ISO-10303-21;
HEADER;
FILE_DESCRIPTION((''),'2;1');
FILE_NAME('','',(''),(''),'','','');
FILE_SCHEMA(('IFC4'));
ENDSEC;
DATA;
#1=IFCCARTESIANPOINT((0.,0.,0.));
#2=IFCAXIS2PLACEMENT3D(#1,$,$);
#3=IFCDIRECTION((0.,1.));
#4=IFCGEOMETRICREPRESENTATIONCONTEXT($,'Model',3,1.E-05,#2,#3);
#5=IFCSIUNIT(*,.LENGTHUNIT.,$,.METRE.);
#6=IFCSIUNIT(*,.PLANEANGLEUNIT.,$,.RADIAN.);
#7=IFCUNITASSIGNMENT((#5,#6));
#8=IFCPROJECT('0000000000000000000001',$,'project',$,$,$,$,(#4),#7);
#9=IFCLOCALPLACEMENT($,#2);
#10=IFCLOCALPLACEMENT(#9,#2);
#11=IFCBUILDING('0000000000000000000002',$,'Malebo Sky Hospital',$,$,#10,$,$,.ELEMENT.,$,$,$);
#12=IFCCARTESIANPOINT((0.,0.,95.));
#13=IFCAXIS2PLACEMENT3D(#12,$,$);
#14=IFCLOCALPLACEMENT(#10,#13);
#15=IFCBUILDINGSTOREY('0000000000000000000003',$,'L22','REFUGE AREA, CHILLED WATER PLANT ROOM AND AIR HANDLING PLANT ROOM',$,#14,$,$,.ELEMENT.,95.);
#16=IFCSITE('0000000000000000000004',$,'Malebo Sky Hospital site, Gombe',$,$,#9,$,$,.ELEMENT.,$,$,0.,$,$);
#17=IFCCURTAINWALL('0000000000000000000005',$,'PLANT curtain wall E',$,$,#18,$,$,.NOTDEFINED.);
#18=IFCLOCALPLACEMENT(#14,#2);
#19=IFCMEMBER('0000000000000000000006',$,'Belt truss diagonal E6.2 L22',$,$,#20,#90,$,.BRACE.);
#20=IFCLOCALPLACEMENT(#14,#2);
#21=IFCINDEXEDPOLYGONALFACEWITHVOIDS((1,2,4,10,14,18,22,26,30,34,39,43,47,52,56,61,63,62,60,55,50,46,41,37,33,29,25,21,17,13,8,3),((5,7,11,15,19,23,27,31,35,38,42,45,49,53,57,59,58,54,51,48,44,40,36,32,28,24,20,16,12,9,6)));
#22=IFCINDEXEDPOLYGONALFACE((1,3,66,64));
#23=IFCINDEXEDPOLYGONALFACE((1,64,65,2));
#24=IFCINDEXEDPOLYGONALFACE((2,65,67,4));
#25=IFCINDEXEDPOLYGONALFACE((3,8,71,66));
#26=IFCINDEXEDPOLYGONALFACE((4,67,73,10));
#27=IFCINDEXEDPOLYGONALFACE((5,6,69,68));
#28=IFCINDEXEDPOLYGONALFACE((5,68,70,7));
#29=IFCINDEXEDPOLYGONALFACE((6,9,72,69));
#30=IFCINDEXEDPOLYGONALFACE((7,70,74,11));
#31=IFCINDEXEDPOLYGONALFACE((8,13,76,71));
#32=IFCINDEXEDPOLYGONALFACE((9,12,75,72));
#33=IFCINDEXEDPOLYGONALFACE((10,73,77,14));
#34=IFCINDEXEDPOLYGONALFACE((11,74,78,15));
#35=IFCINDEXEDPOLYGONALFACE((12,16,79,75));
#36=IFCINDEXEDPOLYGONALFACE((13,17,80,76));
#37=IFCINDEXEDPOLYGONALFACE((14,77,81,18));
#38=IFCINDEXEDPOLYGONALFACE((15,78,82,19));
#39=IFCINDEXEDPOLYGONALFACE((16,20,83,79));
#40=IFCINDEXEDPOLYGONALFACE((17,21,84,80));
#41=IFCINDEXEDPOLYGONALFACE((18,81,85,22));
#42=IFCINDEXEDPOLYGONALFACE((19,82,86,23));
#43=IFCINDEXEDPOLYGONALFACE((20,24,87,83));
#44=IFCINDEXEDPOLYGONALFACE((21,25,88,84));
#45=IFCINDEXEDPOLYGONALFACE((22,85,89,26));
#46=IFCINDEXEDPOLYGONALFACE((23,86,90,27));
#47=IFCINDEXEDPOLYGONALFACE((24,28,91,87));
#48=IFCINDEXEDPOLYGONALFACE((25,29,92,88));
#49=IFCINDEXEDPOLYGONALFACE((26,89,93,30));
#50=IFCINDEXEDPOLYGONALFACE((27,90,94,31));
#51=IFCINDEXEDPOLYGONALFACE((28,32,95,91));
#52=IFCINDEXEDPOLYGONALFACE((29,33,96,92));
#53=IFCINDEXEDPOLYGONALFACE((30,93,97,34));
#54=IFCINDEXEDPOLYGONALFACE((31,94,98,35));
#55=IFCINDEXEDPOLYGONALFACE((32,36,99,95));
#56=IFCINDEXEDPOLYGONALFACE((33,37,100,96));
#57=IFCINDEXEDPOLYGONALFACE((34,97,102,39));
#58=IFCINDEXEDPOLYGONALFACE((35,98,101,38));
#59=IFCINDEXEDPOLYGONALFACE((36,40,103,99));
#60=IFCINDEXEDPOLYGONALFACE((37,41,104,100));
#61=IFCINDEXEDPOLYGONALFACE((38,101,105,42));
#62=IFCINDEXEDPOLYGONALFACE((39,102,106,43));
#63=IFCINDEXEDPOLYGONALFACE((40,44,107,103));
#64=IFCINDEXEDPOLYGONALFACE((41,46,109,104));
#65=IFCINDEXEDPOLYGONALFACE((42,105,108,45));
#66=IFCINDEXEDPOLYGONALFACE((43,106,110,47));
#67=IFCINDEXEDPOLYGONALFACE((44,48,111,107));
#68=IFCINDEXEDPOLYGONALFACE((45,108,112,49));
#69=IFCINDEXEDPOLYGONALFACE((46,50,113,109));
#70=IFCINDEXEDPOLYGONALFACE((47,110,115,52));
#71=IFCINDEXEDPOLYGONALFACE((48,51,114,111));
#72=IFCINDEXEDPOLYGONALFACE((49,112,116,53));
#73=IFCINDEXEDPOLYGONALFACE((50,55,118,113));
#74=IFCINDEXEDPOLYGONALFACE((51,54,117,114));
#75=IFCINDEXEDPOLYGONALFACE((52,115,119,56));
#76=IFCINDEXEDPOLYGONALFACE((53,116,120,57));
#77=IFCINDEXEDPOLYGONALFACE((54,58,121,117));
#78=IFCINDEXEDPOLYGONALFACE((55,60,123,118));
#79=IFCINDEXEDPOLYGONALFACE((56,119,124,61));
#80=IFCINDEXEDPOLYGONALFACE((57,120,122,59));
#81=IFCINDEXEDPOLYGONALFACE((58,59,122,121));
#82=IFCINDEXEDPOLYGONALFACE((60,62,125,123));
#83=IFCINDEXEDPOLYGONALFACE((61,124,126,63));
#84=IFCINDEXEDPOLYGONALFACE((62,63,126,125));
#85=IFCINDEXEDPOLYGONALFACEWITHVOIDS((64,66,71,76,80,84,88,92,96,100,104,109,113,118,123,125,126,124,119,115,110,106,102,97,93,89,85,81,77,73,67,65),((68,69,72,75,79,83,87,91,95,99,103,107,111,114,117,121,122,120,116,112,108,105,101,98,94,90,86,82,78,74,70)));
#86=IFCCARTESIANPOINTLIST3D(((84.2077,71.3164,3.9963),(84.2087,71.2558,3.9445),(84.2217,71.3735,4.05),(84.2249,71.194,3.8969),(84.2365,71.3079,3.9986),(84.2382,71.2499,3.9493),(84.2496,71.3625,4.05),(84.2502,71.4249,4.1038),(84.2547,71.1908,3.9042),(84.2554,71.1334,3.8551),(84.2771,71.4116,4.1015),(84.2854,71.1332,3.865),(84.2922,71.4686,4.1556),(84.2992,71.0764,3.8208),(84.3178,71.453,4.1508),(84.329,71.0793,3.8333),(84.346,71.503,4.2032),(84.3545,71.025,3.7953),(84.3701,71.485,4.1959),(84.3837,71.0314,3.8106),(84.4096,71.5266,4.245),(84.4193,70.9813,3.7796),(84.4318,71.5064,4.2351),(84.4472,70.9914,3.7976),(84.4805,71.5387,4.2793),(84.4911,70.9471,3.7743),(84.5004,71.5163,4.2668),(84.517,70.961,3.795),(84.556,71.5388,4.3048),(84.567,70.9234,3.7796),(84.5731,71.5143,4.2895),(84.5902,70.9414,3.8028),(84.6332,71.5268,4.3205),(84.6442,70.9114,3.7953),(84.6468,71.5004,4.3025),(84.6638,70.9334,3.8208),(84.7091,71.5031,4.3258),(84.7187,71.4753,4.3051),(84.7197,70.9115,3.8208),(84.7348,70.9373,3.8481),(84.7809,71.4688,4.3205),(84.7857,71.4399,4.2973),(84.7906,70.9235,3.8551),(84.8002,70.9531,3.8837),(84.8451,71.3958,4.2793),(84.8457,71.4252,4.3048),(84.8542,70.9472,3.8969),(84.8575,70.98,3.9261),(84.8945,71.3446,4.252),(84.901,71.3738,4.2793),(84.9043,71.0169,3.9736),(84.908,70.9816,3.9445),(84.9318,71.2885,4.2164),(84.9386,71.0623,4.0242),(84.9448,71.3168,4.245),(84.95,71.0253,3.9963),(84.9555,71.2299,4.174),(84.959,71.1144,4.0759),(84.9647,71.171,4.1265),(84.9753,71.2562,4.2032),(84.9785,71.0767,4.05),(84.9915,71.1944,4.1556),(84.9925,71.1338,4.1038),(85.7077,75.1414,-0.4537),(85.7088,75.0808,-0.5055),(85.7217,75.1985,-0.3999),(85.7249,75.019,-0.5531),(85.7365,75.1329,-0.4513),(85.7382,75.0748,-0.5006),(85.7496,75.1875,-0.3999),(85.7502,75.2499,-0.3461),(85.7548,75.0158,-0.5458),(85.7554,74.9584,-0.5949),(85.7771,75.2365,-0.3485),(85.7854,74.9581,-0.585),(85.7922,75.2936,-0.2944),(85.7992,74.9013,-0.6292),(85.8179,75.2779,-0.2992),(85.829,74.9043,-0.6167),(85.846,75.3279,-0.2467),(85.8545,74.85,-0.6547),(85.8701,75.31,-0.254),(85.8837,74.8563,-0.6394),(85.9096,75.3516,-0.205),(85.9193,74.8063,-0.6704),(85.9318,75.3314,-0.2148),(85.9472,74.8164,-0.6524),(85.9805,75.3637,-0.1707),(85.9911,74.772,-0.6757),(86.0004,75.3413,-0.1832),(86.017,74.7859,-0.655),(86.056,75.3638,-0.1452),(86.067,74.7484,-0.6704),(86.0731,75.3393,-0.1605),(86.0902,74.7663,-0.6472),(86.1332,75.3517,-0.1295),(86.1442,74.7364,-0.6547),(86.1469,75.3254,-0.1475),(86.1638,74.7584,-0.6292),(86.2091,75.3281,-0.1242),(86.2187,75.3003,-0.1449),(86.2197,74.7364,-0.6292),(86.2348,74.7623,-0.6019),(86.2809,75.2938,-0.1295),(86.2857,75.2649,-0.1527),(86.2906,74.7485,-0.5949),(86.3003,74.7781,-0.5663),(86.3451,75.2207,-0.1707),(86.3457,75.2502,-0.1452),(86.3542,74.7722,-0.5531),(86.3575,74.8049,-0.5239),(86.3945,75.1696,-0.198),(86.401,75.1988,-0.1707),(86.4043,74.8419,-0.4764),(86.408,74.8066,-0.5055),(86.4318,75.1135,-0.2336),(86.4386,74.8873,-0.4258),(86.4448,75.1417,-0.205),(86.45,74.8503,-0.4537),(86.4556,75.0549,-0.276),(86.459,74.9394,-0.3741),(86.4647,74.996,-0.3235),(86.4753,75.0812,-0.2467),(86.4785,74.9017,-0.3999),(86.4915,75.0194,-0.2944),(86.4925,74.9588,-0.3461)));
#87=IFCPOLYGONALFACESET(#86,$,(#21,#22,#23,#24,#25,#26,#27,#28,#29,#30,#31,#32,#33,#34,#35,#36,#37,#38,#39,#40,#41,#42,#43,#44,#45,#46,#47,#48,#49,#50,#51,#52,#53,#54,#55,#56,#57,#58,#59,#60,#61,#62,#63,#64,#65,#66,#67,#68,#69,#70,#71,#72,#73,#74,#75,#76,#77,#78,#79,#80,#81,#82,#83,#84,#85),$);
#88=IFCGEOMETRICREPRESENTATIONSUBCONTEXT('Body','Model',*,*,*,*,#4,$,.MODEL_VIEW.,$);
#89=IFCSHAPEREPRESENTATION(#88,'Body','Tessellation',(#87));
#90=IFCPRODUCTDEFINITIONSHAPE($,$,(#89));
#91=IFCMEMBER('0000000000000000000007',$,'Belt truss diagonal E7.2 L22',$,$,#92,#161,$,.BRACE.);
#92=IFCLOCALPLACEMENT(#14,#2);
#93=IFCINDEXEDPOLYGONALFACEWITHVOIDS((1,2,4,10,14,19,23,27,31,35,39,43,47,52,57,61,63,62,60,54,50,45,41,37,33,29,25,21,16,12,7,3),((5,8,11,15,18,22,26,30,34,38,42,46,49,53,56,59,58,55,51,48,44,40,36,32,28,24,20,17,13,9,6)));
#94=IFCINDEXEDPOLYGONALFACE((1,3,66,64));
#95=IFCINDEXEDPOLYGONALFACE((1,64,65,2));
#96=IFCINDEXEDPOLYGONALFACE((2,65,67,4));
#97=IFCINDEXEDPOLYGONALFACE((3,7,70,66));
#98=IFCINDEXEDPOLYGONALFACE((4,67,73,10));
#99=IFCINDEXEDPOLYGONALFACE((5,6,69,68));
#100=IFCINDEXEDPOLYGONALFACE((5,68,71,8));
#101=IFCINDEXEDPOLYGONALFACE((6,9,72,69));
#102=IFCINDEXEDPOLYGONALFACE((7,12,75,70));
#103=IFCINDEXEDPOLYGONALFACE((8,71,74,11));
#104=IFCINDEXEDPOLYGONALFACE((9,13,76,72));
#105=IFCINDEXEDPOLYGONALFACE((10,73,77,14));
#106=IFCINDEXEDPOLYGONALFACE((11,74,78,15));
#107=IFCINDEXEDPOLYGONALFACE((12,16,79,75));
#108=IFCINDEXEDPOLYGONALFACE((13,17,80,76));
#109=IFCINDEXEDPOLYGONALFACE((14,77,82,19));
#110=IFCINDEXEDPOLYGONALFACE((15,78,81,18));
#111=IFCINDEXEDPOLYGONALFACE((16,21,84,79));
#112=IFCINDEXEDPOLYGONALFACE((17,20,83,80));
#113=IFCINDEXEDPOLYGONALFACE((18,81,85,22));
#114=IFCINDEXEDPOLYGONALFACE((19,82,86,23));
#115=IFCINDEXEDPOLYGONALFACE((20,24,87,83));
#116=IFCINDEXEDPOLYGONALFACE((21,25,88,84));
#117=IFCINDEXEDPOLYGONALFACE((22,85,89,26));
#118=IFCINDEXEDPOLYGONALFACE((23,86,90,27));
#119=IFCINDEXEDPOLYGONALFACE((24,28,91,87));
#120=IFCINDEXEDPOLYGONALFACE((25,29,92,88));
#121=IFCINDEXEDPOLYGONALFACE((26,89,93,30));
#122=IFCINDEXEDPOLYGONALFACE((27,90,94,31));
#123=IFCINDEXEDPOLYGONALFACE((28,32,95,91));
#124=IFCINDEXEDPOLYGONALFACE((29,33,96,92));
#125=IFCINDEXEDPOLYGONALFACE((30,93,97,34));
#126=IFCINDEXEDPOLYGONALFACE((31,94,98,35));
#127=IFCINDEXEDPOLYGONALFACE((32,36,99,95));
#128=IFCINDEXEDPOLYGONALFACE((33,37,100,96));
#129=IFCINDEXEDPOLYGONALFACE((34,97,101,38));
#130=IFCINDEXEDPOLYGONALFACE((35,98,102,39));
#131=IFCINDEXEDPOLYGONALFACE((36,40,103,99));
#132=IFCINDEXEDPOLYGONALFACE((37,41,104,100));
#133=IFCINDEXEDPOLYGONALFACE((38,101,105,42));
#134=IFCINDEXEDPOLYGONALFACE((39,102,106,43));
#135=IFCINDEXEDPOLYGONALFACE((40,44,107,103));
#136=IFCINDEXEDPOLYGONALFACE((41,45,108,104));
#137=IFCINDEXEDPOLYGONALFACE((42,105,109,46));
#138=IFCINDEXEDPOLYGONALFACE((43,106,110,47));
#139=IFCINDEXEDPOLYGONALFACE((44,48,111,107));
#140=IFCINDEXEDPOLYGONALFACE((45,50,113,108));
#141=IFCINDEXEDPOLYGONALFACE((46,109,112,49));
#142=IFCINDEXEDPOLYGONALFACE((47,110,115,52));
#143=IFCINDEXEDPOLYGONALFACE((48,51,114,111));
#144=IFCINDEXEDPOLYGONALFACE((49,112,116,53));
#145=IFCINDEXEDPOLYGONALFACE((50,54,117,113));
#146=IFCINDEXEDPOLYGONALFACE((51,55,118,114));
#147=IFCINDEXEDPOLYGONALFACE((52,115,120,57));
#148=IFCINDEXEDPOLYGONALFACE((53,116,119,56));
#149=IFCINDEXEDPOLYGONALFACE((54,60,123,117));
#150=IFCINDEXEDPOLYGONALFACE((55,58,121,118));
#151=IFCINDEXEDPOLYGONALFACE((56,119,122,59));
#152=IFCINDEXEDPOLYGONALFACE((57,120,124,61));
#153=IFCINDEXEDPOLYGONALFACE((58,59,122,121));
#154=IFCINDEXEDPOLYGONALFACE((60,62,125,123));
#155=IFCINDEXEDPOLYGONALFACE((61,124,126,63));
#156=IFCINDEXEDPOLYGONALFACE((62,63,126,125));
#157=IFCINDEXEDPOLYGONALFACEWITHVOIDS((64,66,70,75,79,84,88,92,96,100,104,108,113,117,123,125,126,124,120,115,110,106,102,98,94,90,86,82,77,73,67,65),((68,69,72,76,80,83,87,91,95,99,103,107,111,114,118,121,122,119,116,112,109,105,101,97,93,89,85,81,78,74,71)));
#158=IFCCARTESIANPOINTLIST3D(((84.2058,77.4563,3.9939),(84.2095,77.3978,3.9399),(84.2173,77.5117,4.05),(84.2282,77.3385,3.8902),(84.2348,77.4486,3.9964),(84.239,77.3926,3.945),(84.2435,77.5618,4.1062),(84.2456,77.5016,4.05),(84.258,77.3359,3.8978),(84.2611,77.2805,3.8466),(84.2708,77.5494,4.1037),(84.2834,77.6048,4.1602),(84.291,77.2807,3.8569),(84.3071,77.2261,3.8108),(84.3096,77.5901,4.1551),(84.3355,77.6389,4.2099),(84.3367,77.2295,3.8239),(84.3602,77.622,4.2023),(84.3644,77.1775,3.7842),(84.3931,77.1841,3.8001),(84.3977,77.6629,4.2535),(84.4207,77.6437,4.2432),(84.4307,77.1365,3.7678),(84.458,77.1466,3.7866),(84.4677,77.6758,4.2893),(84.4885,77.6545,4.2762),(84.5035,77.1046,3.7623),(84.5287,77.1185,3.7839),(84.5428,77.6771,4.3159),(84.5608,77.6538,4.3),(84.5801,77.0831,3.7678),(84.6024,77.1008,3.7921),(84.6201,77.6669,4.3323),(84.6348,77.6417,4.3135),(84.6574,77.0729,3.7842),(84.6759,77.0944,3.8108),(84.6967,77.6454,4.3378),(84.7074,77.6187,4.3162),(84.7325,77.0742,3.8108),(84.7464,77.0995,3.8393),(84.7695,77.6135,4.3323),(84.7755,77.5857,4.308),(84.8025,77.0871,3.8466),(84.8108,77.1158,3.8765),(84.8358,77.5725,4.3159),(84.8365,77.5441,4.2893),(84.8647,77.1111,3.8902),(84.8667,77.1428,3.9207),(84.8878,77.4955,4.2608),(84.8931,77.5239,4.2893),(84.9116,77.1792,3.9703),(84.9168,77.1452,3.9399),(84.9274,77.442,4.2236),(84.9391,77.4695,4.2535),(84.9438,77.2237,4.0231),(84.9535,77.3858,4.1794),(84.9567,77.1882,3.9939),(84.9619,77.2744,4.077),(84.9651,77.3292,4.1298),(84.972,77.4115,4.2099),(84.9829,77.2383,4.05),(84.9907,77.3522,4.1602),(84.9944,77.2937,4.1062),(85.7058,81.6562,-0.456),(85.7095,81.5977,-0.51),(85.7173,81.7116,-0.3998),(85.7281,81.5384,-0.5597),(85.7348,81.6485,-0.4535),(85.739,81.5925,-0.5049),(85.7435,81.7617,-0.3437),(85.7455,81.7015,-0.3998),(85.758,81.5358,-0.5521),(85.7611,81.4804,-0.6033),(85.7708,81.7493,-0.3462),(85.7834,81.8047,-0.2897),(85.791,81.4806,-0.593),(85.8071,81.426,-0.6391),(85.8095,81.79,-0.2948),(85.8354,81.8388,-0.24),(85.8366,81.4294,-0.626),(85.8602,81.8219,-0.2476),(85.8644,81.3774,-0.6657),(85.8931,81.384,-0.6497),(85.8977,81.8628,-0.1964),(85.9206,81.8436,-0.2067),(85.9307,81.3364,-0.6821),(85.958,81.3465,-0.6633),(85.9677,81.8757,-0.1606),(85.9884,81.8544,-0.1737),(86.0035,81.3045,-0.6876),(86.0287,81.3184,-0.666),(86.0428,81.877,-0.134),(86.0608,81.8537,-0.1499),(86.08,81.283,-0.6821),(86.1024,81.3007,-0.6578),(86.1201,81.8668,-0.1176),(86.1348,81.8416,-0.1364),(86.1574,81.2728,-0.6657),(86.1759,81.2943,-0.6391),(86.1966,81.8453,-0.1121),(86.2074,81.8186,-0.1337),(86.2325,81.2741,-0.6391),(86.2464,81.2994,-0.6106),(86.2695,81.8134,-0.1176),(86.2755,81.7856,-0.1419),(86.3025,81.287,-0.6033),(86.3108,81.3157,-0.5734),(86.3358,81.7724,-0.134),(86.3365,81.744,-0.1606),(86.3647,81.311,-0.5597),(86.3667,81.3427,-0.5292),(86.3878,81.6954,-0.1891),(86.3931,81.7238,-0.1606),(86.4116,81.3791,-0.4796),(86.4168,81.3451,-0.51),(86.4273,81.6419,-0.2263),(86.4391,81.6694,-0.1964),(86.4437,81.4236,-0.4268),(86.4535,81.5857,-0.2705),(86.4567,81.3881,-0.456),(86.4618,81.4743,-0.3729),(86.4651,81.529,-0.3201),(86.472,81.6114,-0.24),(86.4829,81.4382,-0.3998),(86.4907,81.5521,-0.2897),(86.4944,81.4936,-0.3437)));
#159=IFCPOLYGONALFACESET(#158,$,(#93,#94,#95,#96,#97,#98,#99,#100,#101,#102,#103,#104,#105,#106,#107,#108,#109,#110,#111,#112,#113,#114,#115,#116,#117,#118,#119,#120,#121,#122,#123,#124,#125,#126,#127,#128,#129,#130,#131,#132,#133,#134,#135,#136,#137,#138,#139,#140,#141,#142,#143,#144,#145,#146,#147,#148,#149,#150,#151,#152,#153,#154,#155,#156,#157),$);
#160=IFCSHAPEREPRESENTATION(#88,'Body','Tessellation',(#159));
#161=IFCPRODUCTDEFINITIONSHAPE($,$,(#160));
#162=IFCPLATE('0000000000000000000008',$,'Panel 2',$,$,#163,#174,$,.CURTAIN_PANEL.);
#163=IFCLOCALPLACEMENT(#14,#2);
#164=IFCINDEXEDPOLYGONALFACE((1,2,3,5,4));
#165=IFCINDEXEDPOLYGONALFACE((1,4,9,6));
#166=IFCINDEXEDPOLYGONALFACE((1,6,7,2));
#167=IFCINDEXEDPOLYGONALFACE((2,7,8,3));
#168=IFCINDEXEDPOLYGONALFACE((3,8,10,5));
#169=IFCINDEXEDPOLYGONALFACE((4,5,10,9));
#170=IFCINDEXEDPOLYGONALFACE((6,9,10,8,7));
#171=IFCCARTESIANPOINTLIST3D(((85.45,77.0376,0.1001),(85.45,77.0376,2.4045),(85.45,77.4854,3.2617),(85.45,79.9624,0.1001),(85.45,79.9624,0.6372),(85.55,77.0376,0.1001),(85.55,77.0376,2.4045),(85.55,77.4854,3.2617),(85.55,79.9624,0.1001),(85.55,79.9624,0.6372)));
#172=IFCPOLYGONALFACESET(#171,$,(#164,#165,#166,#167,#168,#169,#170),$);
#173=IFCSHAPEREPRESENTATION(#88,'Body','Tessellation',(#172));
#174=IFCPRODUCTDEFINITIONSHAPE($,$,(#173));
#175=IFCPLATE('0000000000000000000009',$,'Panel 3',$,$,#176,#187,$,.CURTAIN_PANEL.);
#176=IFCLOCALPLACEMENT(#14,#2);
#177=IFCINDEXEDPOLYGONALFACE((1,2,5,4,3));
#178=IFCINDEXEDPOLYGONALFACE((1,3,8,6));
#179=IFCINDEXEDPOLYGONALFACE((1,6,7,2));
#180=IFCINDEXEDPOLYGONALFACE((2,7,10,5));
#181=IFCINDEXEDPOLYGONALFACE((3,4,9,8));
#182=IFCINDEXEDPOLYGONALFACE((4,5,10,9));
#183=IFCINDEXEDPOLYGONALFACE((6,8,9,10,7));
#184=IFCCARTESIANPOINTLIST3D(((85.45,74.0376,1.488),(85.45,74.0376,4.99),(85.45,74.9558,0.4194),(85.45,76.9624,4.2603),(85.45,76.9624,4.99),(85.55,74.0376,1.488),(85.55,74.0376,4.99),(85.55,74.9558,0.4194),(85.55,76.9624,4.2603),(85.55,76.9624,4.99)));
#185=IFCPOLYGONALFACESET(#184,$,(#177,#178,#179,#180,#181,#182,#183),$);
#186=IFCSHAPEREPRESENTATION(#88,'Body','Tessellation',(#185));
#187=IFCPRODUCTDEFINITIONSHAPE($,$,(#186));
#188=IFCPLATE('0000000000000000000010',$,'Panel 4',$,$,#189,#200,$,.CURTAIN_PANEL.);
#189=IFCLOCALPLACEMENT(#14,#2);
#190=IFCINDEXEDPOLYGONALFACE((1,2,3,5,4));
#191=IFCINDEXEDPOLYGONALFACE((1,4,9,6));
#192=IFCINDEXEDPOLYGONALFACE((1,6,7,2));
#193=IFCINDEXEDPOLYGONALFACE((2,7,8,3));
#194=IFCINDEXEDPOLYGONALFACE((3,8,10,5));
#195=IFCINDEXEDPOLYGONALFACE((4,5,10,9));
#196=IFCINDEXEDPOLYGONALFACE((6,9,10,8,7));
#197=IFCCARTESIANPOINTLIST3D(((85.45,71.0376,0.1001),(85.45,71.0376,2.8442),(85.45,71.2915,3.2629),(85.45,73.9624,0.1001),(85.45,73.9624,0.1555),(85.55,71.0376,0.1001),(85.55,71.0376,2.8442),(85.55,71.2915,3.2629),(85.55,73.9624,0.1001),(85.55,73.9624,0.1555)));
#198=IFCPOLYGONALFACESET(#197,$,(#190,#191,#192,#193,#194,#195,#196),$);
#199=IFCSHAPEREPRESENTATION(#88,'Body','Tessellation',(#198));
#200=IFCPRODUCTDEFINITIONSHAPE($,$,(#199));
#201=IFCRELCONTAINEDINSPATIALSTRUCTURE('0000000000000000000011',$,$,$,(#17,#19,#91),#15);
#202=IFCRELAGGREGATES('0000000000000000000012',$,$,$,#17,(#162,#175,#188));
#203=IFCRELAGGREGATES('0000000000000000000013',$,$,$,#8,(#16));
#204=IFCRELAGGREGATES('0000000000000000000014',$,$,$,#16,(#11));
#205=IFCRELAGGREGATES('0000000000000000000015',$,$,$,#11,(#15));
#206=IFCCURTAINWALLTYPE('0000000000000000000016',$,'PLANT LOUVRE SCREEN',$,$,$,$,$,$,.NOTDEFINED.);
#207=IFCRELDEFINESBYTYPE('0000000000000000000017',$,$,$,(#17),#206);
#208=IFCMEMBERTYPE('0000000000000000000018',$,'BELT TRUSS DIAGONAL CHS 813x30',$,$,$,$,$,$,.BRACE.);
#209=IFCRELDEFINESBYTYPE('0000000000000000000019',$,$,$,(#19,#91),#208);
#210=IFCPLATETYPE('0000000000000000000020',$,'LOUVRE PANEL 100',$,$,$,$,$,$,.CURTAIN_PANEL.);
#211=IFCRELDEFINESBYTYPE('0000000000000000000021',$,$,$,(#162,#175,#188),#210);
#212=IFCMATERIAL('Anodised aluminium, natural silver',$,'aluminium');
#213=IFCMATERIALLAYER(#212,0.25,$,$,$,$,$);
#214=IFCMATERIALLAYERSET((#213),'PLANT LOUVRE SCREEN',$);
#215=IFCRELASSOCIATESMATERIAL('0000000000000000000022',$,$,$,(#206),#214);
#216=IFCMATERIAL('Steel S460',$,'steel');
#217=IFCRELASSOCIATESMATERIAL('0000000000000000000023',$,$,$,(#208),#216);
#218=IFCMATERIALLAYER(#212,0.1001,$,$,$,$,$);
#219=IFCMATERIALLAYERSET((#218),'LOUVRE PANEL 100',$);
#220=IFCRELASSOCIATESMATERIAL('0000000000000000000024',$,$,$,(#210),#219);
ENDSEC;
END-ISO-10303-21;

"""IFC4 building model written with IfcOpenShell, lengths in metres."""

from ifc_helpers import new_model, si_unit, direction, frame, origin, origin_2d, place, context, subcontext, project, spatial, polyline, hollow_circle, outline, extrude, material, layer, layer_set, material_profile, profile_set, type_object, element, aggregate, save


model = new_model("IFC4")

# Units and contexts
model_context = context("Model", 3, precision=1e-05, world=origin(), true_north=direction((0.0, 1.0)))
body_context = subcontext(model_context, "Body", "Model", "MODEL_VIEW")
ifc_project = project(units=[si_unit("LENGTHUNIT", "METRE"), si_unit("PLANEANGLEUNIT", "RADIAN")], contexts=[model_context])

# Site, building, storey
site_placement = place(None, origin())
site = spatial("IfcSite", under=ifc_project, at=site_placement, Name="Malebo Sky Hospital site, Gombe", CompositionType="ELEMENT", RefElevation=0.0)
building_placement = place(site_placement, origin())
building = spatial("IfcBuilding", under=site, at=building_placement, Name="Malebo Sky Hospital", CompositionType="ELEMENT")
storey_placement = place(building_placement, frame((0.0, 0.0, 95.0)))
storey = spatial("IfcBuildingStorey", under=building, at=storey_placement, Name="L22", Description="REFUGE AREA, CHILLED WATER PLANT ROOM AND AIR HANDLING PLANT ROOM", CompositionType="ELEMENT", Elevation=95.0)

# Curtain wall
ifc_material_1 = material(Name="Anodised aluminium, natural silver", Category="aluminium")
ifc_layer_1 = layer(ifc_material_1, 0.25)
ifc_layer_set_1 = layer_set([ifc_layer_1], Name="PLANT LOUVRE SCREEN")
curtain_wall_type = type_object("IfcCurtainWallType", Name="PLANT LOUVRE SCREEN", PredefinedType="NOTDEFINED", material=ifc_layer_set_1)
curtain_wall_placement = place(storey_placement, origin())
curtain_wall = element("IfcCurtainWall", 1, at=curtain_wall_placement, inside=storey, type_object=curtain_wall_type, Name="PLANT curtain wall E", PredefinedType="NOTDEFINED")

# Members
ifc_material_2 = material(Name="Steel S460", Category="steel")
ifc_material_profile_1 = material_profile(ifc_material_2, hollow_circle(Radius=0.4065, WallThickness=0.03, at=origin_2d()), Name="CHS 813x30")
ifc_profile_set_1 = profile_set([ifc_material_profile_1], Name="Steel S460")
member_type_1 = type_object("IfcMemberType", Name="BELT TRUSS DIAGONAL CHS 813x30", PredefinedType="BRACE", material=ifc_profile_set_1)
member_1_placement = place(storey_placement, frame((84.6001, 71.2251, 4.05), z_axis=(0.247664, 0.631535, -0.734728), x_axis=(-0.930972, 0.365092, 0.0)))
element("IfcMember", 2, at=member_1_placement, inside=storey, type_object=member_type_1, Name="Belt truss diagonal E6.2 L22", PredefinedType="BRACE", context=body_context, shape_type="SweptSolid", body=[
    extrude(hollow_circle(Radius=0.4065, WallThickness=0.03, at=origin_2d()), origin(), (0.0, 0.0, 1.0), 6.0566),
])
member_2_placement = place(storey_placement, frame((84.6001, 77.375, 4.05), z_axis=(0.23809, 0.666645, -0.706327), x_axis=(-0.941741, 0.33634, 0.0)))
element("IfcMember", 3, at=member_2_placement, inside=storey, type_object=member_type_1, Name="Belt truss diagonal E7.2 L22", PredefinedType="BRACE", context=body_context, shape_type="SweptSolid", body=[
    extrude(hollow_circle(Radius=0.4065, WallThickness=0.03, at=origin_2d()), origin(), (0.0, 0.0, 1.0), 6.3),
])

# Plates
ifc_layer_2 = layer(ifc_material_1, 0.1001)
ifc_layer_set_2 = layer_set([ifc_layer_2], Name="LOUVRE PANEL 100")
plate_type = type_object("IfcPlateType", Name="LOUVRE PANEL 100", PredefinedType="CURTAIN_PANEL", material=ifc_layer_set_2)
plate_1_placement = place(storey_placement, frame((85.5, 78.5, 0.1001), z_axis=(0.0, 0.0, 1.0), x_axis=(0.0, -1.0, 0.0)))
plate_1 = element("IfcPlate", 4, at=plate_1_placement, type_object=plate_type, Name="Panel 2", PredefinedType="CURTAIN_PANEL", context=body_context, shape_type="SweptSolid", body=[
    extrude(outline(polyline([(-1.4624, 0.0), (1.4624, 0.0), (1.4624, 2.3044), (1.0146, 3.1616), (-1.4624, 0.5371), (-1.4624, 0.0)])), frame((0.0, 0.05, 0.0), z_axis=(0.0, -1.0, 0.0), x_axis=(1.0, 0.0, 0.0)), (0.0, 0.0, 1.0), 0.1001),
])
plate_2_placement = place(storey_placement, frame((85.5, 75.5, 0.4194), z_axis=(0.0, 0.0, 1.0), x_axis=(0.0, -1.0, 0.0)))
plate_2 = element("IfcPlate", 5, at=plate_2_placement, type_object=plate_type, Name="Panel 3", PredefinedType="CURTAIN_PANEL", context=body_context, shape_type="SweptSolid", body=[
    extrude(outline(polyline([(0.5442, 0.0), (1.4624, 1.0686), (1.4624, 4.5706), (-1.4624, 4.5706), (-1.4624, 3.8408), (0.5442, 0.0)])), frame((0.0, 0.05, 0.0), z_axis=(0.0, -1.0, 0.0), x_axis=(1.0, 0.0, 0.0)), (0.0, 0.0, 1.0), 0.1001),
])
plate_3_placement = place(storey_placement, frame((85.5, 72.5, 0.1001), z_axis=(0.0, 0.0, 1.0), x_axis=(0.0, -1.0, 0.0)))
plate_3 = element("IfcPlate", 6, at=plate_3_placement, type_object=plate_type, Name="Panel 4", PredefinedType="CURTAIN_PANEL", context=body_context, shape_type="SweptSolid", body=[
    extrude(outline(polyline([(-1.4624, 0.0), (1.4624, 0.0), (1.4624, 2.7441), (1.2085, 3.1628), (-1.4624, 0.0554), (-1.4624, 0.0)])), frame((0.0, 0.05, 0.0), z_axis=(0.0, -1.0, 0.0), x_axis=(1.0, 0.0, 0.0)), (0.0, 0.0, 1.0), 0.1001),
])
aggregate(curtain_wall, [plate_1, plate_2, plate_3])

save(model, "model.ifc")
